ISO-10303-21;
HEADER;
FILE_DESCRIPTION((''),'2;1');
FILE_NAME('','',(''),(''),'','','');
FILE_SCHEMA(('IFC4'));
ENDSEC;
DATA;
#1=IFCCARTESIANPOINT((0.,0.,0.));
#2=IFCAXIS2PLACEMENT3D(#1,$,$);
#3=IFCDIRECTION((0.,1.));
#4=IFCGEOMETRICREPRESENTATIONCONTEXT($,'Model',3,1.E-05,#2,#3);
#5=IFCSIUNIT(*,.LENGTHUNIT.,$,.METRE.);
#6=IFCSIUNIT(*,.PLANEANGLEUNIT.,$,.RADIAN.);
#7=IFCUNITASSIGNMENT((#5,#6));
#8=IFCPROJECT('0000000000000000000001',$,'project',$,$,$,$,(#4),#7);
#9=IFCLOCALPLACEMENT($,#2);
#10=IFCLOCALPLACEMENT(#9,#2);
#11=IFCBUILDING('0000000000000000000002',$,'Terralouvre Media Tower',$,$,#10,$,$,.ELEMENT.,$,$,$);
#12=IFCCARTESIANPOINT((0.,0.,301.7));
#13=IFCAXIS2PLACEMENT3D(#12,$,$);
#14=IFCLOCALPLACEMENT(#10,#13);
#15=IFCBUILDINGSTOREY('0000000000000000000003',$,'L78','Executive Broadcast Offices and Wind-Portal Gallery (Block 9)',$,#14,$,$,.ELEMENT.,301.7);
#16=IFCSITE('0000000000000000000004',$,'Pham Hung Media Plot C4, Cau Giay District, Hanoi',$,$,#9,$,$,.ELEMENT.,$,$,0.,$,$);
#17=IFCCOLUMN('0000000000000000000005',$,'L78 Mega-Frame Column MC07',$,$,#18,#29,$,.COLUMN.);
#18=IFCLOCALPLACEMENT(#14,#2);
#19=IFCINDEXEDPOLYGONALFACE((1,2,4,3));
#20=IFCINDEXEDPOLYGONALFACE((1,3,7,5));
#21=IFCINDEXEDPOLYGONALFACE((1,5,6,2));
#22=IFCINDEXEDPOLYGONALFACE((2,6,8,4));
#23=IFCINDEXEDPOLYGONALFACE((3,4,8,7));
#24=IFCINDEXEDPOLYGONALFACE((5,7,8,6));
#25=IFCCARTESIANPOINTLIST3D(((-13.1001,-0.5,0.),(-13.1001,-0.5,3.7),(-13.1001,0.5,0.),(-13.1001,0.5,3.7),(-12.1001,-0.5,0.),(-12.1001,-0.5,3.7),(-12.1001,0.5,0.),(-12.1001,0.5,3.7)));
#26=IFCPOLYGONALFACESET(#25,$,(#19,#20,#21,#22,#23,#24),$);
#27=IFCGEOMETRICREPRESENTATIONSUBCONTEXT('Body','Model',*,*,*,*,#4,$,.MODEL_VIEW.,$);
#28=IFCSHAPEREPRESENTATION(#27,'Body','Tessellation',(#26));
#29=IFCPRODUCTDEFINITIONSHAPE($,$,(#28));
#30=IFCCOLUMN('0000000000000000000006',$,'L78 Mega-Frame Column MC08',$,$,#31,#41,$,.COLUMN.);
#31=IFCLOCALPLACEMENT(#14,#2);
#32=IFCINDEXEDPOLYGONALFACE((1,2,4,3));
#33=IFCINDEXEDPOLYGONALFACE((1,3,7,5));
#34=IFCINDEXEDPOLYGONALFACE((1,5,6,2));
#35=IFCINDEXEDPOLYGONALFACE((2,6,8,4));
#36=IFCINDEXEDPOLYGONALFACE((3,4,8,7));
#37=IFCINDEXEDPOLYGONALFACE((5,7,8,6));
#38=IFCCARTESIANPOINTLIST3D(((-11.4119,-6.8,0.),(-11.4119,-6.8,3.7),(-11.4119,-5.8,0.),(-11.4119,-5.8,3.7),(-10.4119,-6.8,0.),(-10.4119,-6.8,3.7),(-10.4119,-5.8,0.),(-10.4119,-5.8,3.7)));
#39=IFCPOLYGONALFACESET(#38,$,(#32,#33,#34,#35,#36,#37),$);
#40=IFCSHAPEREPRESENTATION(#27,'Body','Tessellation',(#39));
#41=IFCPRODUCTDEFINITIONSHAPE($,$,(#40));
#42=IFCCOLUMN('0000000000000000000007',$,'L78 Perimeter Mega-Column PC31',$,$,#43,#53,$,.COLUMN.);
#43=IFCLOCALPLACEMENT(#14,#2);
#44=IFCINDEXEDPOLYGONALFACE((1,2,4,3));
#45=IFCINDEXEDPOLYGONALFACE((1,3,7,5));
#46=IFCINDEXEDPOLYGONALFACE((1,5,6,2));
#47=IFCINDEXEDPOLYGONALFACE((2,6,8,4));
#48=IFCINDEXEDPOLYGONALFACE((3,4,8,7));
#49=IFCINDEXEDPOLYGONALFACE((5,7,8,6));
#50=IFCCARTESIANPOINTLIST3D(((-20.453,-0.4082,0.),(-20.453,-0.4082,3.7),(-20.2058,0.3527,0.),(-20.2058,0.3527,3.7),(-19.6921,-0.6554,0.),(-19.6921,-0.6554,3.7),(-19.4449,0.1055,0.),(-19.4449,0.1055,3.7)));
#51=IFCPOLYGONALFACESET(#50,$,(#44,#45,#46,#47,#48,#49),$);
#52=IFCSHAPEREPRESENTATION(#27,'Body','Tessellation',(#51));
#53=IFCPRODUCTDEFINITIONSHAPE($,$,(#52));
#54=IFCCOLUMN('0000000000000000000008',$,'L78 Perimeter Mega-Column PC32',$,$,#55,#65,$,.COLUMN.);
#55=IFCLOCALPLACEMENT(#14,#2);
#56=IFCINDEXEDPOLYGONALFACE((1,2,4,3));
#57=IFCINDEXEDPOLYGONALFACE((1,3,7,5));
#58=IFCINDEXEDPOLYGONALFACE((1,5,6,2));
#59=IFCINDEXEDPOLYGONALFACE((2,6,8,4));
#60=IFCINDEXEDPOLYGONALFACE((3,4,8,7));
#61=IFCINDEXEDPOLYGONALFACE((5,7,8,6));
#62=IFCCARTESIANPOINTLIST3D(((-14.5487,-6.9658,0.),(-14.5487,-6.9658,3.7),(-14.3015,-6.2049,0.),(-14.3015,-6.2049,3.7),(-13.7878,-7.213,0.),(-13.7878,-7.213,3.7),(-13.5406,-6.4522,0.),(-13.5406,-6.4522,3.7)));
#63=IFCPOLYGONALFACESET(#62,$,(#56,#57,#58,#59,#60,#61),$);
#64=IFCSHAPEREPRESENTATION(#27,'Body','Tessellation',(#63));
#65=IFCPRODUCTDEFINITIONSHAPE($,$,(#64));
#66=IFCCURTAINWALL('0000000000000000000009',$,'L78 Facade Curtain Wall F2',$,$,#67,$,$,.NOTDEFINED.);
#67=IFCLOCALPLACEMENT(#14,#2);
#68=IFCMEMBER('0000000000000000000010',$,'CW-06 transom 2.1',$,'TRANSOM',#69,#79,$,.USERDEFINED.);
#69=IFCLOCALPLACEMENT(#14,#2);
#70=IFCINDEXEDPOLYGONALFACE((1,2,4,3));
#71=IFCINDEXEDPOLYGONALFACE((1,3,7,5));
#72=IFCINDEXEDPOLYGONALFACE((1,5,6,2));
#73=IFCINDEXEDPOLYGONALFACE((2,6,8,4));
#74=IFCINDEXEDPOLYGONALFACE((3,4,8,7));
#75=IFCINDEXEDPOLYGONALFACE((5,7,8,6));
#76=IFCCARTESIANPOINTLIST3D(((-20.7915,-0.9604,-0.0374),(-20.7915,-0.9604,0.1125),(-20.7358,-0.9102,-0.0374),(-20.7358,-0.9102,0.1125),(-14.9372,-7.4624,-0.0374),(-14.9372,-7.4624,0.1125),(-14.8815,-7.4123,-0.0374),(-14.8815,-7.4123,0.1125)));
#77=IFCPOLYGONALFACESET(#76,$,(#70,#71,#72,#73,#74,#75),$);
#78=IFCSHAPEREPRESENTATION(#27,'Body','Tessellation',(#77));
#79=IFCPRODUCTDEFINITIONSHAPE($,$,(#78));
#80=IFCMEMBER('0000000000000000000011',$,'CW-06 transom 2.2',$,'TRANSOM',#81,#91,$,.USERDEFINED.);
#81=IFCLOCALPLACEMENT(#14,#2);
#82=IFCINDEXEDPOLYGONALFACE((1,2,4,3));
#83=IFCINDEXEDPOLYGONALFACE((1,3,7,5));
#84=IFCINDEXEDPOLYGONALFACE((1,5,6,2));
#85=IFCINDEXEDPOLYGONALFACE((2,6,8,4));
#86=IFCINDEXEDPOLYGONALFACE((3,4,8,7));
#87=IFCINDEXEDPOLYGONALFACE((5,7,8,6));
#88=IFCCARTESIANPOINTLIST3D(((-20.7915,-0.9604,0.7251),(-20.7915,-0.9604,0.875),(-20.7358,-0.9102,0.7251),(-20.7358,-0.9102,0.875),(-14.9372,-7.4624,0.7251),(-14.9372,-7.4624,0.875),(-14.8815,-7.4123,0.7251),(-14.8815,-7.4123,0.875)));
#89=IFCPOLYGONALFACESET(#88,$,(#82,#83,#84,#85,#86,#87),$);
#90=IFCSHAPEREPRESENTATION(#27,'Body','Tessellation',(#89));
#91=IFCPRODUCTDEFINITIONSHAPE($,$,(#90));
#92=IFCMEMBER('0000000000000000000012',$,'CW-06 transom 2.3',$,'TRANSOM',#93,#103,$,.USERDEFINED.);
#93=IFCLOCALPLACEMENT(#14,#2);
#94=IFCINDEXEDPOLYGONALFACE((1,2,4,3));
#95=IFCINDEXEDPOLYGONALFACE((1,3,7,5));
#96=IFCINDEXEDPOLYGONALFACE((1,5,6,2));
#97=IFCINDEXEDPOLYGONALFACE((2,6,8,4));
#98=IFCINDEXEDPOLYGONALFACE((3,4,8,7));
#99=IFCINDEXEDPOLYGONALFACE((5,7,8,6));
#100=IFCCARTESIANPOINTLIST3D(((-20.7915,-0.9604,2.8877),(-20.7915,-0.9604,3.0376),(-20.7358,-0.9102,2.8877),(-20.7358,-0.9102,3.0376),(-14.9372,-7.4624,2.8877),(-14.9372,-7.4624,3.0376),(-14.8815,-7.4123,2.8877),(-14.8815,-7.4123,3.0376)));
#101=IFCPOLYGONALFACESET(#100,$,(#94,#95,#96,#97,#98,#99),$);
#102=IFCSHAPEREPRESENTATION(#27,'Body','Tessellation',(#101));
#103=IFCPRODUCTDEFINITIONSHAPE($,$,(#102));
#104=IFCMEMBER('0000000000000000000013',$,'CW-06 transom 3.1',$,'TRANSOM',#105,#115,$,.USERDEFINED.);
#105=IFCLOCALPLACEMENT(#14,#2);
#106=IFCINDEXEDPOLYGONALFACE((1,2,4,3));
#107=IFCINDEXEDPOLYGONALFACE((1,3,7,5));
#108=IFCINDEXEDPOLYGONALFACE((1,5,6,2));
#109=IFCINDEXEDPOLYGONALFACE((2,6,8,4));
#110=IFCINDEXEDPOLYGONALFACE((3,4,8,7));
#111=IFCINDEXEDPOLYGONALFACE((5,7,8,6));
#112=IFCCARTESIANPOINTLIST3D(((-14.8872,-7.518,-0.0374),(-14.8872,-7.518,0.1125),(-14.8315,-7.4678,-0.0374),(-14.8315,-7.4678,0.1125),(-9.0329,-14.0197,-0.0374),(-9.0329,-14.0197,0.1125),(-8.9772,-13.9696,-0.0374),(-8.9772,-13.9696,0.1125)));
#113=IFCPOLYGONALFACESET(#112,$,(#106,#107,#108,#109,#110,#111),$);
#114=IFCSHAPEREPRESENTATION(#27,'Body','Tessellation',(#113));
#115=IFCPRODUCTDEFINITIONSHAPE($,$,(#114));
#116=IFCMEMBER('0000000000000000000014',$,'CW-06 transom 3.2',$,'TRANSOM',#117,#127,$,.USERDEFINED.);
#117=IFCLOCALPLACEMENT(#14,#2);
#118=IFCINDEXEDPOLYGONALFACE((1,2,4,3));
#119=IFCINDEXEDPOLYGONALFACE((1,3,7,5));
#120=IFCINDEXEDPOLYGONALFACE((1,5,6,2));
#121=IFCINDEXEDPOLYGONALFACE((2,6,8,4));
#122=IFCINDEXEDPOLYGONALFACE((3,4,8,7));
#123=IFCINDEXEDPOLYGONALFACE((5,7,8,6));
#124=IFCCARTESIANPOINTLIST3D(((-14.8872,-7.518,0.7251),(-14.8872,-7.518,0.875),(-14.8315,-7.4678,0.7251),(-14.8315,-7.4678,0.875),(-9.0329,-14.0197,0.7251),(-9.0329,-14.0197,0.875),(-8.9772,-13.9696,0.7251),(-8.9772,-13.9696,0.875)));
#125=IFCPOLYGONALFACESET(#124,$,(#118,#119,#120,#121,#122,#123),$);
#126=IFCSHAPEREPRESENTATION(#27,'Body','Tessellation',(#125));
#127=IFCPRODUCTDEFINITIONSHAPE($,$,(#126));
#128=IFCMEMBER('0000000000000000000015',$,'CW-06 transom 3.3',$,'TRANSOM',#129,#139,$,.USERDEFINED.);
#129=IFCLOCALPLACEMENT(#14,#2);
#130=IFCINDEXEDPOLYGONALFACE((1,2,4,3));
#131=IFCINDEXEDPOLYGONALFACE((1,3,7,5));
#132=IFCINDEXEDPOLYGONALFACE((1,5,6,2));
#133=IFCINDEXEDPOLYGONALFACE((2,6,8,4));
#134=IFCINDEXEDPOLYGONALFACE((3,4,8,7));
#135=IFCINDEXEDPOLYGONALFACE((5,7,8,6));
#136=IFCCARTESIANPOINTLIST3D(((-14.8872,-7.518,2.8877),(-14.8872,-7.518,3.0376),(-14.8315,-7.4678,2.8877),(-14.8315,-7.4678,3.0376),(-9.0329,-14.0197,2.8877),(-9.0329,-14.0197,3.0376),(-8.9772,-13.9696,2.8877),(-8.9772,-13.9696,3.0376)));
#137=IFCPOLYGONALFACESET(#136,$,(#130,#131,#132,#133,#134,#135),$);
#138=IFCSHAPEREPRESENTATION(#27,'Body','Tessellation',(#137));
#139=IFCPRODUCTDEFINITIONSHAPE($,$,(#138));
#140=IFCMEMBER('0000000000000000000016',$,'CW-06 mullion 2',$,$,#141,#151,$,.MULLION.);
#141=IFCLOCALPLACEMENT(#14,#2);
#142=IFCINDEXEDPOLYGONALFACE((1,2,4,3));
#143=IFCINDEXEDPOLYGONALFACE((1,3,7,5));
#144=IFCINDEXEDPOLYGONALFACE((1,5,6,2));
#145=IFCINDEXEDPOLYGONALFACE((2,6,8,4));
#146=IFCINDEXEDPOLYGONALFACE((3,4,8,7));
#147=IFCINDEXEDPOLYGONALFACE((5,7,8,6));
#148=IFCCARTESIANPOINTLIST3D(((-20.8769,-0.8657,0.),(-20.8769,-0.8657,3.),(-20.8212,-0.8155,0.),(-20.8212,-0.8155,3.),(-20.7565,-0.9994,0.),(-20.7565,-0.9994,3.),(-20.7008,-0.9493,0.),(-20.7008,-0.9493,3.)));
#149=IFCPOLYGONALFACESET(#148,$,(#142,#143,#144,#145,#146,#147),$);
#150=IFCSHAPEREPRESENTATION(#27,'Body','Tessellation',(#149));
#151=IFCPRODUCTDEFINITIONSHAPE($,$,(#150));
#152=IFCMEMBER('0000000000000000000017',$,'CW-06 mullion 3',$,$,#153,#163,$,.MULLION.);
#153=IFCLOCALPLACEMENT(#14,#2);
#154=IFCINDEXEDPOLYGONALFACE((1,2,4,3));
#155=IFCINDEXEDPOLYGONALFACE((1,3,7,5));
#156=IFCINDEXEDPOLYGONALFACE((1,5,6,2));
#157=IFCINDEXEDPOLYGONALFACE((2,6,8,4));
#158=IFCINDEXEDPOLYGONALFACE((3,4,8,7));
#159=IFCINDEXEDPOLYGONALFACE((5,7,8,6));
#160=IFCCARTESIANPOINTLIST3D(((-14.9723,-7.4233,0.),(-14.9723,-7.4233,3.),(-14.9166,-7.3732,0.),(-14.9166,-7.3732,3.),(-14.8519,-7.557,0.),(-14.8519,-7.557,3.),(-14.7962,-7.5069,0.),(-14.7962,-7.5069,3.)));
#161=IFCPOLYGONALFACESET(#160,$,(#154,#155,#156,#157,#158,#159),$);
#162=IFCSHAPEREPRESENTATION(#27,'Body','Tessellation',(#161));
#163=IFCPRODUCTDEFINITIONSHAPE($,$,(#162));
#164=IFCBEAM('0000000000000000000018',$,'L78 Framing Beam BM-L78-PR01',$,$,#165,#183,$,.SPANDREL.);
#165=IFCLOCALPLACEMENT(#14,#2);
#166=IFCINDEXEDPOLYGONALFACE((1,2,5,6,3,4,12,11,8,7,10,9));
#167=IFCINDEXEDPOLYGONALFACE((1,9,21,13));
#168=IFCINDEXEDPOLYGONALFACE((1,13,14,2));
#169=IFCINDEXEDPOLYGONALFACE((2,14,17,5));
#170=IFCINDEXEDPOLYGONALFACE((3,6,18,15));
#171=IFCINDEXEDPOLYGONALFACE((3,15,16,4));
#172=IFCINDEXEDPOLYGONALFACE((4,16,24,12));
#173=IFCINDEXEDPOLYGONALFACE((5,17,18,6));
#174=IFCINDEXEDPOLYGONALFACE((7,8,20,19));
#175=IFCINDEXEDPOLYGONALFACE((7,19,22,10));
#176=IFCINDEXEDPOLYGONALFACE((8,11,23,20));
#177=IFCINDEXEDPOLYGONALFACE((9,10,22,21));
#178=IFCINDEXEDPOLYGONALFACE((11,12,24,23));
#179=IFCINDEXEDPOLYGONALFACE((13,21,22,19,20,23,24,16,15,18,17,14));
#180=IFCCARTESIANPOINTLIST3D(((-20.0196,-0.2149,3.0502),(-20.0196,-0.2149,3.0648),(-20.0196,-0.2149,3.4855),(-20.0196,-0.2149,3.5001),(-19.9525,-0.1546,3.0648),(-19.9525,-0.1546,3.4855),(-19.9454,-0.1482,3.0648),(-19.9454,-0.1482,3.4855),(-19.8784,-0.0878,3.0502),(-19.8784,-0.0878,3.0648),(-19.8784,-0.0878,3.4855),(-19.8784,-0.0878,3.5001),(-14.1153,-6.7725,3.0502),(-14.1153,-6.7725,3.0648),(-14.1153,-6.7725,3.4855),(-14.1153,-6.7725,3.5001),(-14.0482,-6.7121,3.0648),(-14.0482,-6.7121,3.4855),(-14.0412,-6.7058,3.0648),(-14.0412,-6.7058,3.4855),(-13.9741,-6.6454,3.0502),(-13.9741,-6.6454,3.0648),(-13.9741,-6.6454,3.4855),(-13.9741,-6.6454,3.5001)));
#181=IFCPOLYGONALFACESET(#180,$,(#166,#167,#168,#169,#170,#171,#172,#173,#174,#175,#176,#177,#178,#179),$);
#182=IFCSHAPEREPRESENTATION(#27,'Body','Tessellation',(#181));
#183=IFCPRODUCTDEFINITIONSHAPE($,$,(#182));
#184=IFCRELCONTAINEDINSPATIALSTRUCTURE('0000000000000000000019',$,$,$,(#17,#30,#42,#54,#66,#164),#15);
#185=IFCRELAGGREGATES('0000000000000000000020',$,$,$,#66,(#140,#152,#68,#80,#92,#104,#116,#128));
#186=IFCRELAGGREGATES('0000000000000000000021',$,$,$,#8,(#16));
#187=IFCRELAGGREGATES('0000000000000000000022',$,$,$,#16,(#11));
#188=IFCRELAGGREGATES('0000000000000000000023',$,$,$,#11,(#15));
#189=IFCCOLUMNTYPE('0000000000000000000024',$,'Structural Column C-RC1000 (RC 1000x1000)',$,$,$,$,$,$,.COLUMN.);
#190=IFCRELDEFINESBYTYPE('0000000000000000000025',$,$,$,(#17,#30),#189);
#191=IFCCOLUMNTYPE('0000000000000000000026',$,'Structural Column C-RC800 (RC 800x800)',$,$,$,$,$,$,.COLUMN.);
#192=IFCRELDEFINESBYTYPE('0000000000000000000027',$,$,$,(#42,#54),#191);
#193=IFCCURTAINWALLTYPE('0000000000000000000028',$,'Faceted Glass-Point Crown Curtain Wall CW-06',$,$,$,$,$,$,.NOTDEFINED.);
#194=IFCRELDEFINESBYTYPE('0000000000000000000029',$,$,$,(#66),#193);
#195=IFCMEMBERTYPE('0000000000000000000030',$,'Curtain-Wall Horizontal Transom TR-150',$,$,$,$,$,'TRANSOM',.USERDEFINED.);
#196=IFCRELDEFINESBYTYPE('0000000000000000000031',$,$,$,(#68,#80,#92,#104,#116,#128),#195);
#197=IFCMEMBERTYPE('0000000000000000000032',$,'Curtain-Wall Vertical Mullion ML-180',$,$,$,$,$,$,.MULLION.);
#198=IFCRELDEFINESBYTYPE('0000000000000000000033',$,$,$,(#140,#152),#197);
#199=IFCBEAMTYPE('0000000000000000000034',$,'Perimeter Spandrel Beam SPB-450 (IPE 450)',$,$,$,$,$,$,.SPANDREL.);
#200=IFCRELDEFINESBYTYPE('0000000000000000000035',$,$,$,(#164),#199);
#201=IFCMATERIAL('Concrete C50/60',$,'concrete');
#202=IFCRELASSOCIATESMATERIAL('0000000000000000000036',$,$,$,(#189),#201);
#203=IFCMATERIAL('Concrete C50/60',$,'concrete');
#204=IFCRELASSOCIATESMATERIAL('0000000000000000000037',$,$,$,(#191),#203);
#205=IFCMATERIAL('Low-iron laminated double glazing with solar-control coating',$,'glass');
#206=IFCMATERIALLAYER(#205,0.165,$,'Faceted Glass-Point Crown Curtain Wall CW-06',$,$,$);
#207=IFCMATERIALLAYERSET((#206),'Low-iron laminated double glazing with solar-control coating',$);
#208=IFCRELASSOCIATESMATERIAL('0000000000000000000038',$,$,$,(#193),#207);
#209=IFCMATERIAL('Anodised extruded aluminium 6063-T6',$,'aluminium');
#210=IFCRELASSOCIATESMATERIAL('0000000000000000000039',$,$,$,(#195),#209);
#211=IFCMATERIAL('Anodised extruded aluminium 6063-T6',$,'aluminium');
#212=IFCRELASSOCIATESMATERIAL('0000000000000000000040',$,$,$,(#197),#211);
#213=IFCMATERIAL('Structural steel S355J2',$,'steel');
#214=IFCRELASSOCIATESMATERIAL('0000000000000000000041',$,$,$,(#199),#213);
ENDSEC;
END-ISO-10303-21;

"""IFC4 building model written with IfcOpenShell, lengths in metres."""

from ifc_helpers import new_model, si_unit, direction, frame, origin, origin_2d, place, context, subcontext, project, spatial, rectangle, i_section, extrude, material, layer, layer_set, material_profile, profile_set, type_object, element, aggregate, save


model = new_model("IFC4")

# Units and contexts
model_context = context("Model", 3, precision=1e-05, world=origin(), true_north=direction((0.0, 1.0)))
body_context = subcontext(model_context, "Body", "Model", "MODEL_VIEW")
ifc_project = project(units=[si_unit("LENGTHUNIT", "METRE"), si_unit("PLANEANGLEUNIT", "RADIAN")], contexts=[model_context])

# Site, building, storey
site_placement = place(None, origin())
site = spatial("IfcSite", under=ifc_project, at=site_placement, Name="Pham Hung Media Plot C4, Cau Giay District, Hanoi", CompositionType="ELEMENT", RefElevation=0.0)
building_placement = place(site_placement, origin())
building = spatial("IfcBuilding", under=site, at=building_placement, Name="Terralouvre Media Tower", CompositionType="ELEMENT")
storey_placement = place(building_placement, frame((0.0, 0.0, 301.7)))
storey = spatial("IfcBuildingStorey", under=building, at=storey_placement, Name="L78", Description="Executive Broadcast Offices and Wind-Portal Gallery (Block 9)", CompositionType="ELEMENT", Elevation=301.7)

# Columns
ifc_material_1 = material(Name="Concrete C50/60", Category="concrete")
ifc_material_profile_1 = material_profile(ifc_material_1, rectangle(XDim=1.0, YDim=1.0, at=origin_2d()), Name="RC 1000x1000")
ifc_profile_set_1 = profile_set([ifc_material_profile_1], Name="Concrete C50/60")
column_type_1 = type_object("IfcColumnType", Name="Structural Column C-RC1000 (RC 1000x1000)", PredefinedType="COLUMN", material=ifc_profile_set_1)
for number, where, z_axis, x_axis, name in (
    (1, (-12.6001, 0.0, 0.0), (0.0, 0.0, 1.0), (1.0, 0.0, 0.0), "L78 Mega-Frame Column MC07"),
    (2, (-10.9119, -6.3, 0.0), (0.0, 0.0, 1.0), (1.0, 0.0, 0.0), "L78 Mega-Frame Column MC08"),
):
    element("IfcColumn", number, at=place(storey_placement, frame(where, z_axis=z_axis, x_axis=x_axis)), inside=storey, type_object=column_type_1, Name=name, PredefinedType="COLUMN", context=body_context, shape_type="SweptSolid", body=[
        extrude(rectangle(XDim=1.0, YDim=1.0, at=origin_2d()), origin(), (0.0, 0.0, 1.0), 3.7),
    ])
ifc_material_2 = material(Name="Concrete C50/60", Category="concrete")
ifc_material_profile_2 = material_profile(ifc_material_2, rectangle(XDim=0.8, YDim=0.8, at=origin_2d()), Name="RC 800x800")
ifc_profile_set_2 = profile_set([ifc_material_profile_2], Name="Concrete C50/60")
column_type_2 = type_object("IfcColumnType", Name="Structural Column C-RC800 (RC 800x800)", PredefinedType="COLUMN", material=ifc_profile_set_2)
for number, where, z_axis, x_axis, name in (
    (3, (-19.949, -0.1514, 0.0), (0.0, 0.0, 1.0), (0.309017, 0.951057, 0.0), "L78 Perimeter Mega-Column PC31"),
    (4, (-14.0447, -6.709, 0.0), (0.0, 0.0, 1.0), (0.309017, 0.951057, 0.0), "L78 Perimeter Mega-Column PC32"),
):
    element("IfcColumn", number, at=place(storey_placement, frame(where, z_axis=z_axis, x_axis=x_axis)), inside=storey, type_object=column_type_2, Name=name, PredefinedType="COLUMN", context=body_context, shape_type="SweptSolid", body=[
        extrude(rectangle(XDim=0.8, YDim=0.8, at=origin_2d()), origin(), (0.0, 0.0, 1.0), 3.7),
    ])

# Curtain wall, members
ifc_material_3 = material(Name="Low-iron laminated double glazing with solar-control coating", Category="glass")
ifc_layer_1 = layer(ifc_material_3, 0.165, Name="Faceted Glass-Point Crown Curtain Wall CW-06")
ifc_layer_set_1 = layer_set([ifc_layer_1], Name="Low-iron laminated double glazing with solar-control coating")
curtain_wall_type = type_object("IfcCurtainWallType", Name="Faceted Glass-Point Crown Curtain Wall CW-06", PredefinedType="NOTDEFINED", material=ifc_layer_set_1)
curtain_wall_placement = place(storey_placement, origin())
curtain_wall = element("IfcCurtainWall", 5, at=curtain_wall_placement, inside=storey, type_object=curtain_wall_type, Name="L78 Facade Curtain Wall F2", PredefinedType="NOTDEFINED")
ifc_material_4 = material(Name="Anodised extruded aluminium 6063-T6", Category="aluminium")
ifc_material_profile_3 = material_profile(ifc_material_4, rectangle(XDim=0.075, YDim=0.1499, at=origin_2d()), Name="ALU 75x150")
ifc_profile_set_3 = profile_set([ifc_material_profile_3], Name="Anodised extruded aluminium 6063-T6")
member_type_1 = type_object("IfcMemberType", Name="Curtain-Wall Horizontal Transom TR-150", ElementType="TRANSOM", PredefinedType="USERDEFINED", material=ifc_profile_set_3)
member_1_placement = place(storey_placement, frame((-20.7637, -0.9353, 0.0376), z_axis=(0.669122, -0.743153, 0.0), x_axis=(0.743153, 0.669122, 0.0)))
member_1 = element("IfcMember", 6, at=member_1_placement, type_object=member_type_1, Name="CW-06 transom 2.1", ObjectType="TRANSOM", PredefinedType="USERDEFINED", context=body_context, shape_type="SweptSolid", body=[
    extrude(rectangle(XDim=0.075, YDim=0.1499, at=origin_2d()), origin(), (0.0, 0.0, 1.0), 8.7493),
])
member_2_placement = place(storey_placement, frame((-20.7637, -0.9353, 0.8), z_axis=(0.669122, -0.743153, 0.0), x_axis=(0.743153, 0.669122, 0.0)))
member_2 = element("IfcMember", 7, at=member_2_placement, type_object=member_type_1, Name="CW-06 transom 2.2", ObjectType="TRANSOM", PredefinedType="USERDEFINED", context=body_context, shape_type="SweptSolid", body=[
    extrude(rectangle(XDim=0.075, YDim=0.1499, at=origin_2d()), origin(), (0.0, 0.0, 1.0), 8.7493),
])
member_3_placement = place(storey_placement, frame((-20.7637, -0.9353, 2.9626), z_axis=(0.669122, -0.743153, 0.0), x_axis=(0.743153, 0.669122, 0.0)))
member_3 = element("IfcMember", 8, at=member_3_placement, type_object=member_type_1, Name="CW-06 transom 2.3", ObjectType="TRANSOM", PredefinedType="USERDEFINED", context=body_context, shape_type="SweptSolid", body=[
    extrude(rectangle(XDim=0.075, YDim=0.1499, at=origin_2d()), origin(), (0.0, 0.0, 1.0), 8.7493),
])
member_4_placement = place(storey_placement, frame((-14.8594, -7.4929, 0.0376), z_axis=(0.669136, -0.74314, 0.0), x_axis=(0.74314, 0.669136, 0.0)))
member_4 = element("IfcMember", 9, at=member_4_placement, type_object=member_type_1, Name="CW-06 transom 3.1", ObjectType="TRANSOM", PredefinedType="USERDEFINED", context=body_context, shape_type="SweptSolid", body=[
    extrude(rectangle(XDim=0.075, YDim=0.1499, at=origin_2d()), origin(), (0.0, 0.0, 1.0), 8.749),
])
member_5_placement = place(storey_placement, frame((-14.8594, -7.4929, 0.8), z_axis=(0.669136, -0.74314, 0.0), x_axis=(0.74314, 0.669136, 0.0)))
member_5 = element("IfcMember", 10, at=member_5_placement, type_object=member_type_1, Name="CW-06 transom 3.2", ObjectType="TRANSOM", PredefinedType="USERDEFINED", context=body_context, shape_type="SweptSolid", body=[
    extrude(rectangle(XDim=0.075, YDim=0.1499, at=origin_2d()), origin(), (0.0, 0.0, 1.0), 8.749),
])
member_6_placement = place(storey_placement, frame((-14.8594, -7.4929, 2.9626), z_axis=(0.669136, -0.74314, 0.0), x_axis=(0.74314, 0.669136, 0.0)))
member_6 = element("IfcMember", 11, at=member_6_placement, type_object=member_type_1, Name="CW-06 transom 3.3", ObjectType="TRANSOM", PredefinedType="USERDEFINED", context=body_context, shape_type="SweptSolid", body=[
    extrude(rectangle(XDim=0.075, YDim=0.1499, at=origin_2d()), origin(), (0.0, 0.0, 1.0), 8.749),
])
ifc_material_5 = material(Name="Anodised extruded aluminium 6063-T6", Category="aluminium")
ifc_material_profile_4 = material_profile(ifc_material_5, rectangle(XDim=0.075, YDim=0.1799, at=origin_2d()), Name="ALU 75x180")
ifc_profile_set_4 = profile_set([ifc_material_profile_4], Name="Anodised extruded aluminium 6063-T6")
member_type_2 = type_object("IfcMemberType", Name="Curtain-Wall Vertical Mullion ML-180", PredefinedType="MULLION", material=ifc_profile_set_4)
member_7_placement = place(storey_placement, frame((-20.7888, -0.9075, 0.0), z_axis=(0.0, 0.0, 1.0), x_axis=(0.743145, 0.669131, 0.0)))
member_7 = element("IfcMember", 12, at=member_7_placement, type_object=member_type_2, Name="CW-06 mullion 2", PredefinedType="MULLION", context=body_context, shape_type="SweptSolid", body=[
    extrude(rectangle(XDim=0.075, YDim=0.1799, at=origin_2d()), origin(), (0.0, 0.0, 1.0), 3.0),
])
member_8_placement = place(storey_placement, frame((-14.8843, -7.4651, 0.0), z_axis=(0.0, 0.0, 1.0), x_axis=(0.743145, 0.669131, 0.0)))
member_8 = element("IfcMember", 13, at=member_8_placement, type_object=member_type_2, Name="CW-06 mullion 3", PredefinedType="MULLION", context=body_context, shape_type="SweptSolid", body=[
    extrude(rectangle(XDim=0.075, YDim=0.1799, at=origin_2d()), origin(), (0.0, 0.0, 1.0), 3.0),
])

# Beam
ifc_material_6 = material(Name="Structural steel S355J2", Category="steel")
ifc_material_profile_5 = material_profile(ifc_material_6, i_section(OverallWidth=0.1899, OverallDepth=0.45, WebThickness=0.0095, FlangeThickness=0.0146, at=origin_2d()), Name="IPE 450")
ifc_profile_set_5 = profile_set([ifc_material_profile_5], Name="Structural steel S355J2")
beam_type_1 = type_object("IfcBeamType", Name="Perimeter Spandrel Beam SPB-450 (IPE 450)", PredefinedType="SPANDREL", material=ifc_profile_set_5)
for number, where, z_axis, x_axis, name in (
    (14, (-19.949, -0.1514, 3.2751), (0.669118, -0.743157, 0.0), (0.743157, 0.669118, 0.0), "L78 Framing Beam BM-L78-PR01"),
):
    element("IfcBeam", number, at=place(storey_placement, frame(where, z_axis=z_axis, x_axis=x_axis)), inside=storey, type_object=beam_type_1, Name=name, PredefinedType="SPANDREL", context=body_context, shape_type="SweptSolid", body=[
        extrude(i_section(OverallWidth=0.1899, OverallDepth=0.45, WebThickness=0.0095, FlangeThickness=0.0146, at=origin_2d()), origin(), (0.0, 0.0, 1.0), 8.824),
    ])

aggregate(curtain_wall, [member_7, member_8, member_1, member_2, member_3, member_4, member_5, member_6])

save(model, "model.ifc")
